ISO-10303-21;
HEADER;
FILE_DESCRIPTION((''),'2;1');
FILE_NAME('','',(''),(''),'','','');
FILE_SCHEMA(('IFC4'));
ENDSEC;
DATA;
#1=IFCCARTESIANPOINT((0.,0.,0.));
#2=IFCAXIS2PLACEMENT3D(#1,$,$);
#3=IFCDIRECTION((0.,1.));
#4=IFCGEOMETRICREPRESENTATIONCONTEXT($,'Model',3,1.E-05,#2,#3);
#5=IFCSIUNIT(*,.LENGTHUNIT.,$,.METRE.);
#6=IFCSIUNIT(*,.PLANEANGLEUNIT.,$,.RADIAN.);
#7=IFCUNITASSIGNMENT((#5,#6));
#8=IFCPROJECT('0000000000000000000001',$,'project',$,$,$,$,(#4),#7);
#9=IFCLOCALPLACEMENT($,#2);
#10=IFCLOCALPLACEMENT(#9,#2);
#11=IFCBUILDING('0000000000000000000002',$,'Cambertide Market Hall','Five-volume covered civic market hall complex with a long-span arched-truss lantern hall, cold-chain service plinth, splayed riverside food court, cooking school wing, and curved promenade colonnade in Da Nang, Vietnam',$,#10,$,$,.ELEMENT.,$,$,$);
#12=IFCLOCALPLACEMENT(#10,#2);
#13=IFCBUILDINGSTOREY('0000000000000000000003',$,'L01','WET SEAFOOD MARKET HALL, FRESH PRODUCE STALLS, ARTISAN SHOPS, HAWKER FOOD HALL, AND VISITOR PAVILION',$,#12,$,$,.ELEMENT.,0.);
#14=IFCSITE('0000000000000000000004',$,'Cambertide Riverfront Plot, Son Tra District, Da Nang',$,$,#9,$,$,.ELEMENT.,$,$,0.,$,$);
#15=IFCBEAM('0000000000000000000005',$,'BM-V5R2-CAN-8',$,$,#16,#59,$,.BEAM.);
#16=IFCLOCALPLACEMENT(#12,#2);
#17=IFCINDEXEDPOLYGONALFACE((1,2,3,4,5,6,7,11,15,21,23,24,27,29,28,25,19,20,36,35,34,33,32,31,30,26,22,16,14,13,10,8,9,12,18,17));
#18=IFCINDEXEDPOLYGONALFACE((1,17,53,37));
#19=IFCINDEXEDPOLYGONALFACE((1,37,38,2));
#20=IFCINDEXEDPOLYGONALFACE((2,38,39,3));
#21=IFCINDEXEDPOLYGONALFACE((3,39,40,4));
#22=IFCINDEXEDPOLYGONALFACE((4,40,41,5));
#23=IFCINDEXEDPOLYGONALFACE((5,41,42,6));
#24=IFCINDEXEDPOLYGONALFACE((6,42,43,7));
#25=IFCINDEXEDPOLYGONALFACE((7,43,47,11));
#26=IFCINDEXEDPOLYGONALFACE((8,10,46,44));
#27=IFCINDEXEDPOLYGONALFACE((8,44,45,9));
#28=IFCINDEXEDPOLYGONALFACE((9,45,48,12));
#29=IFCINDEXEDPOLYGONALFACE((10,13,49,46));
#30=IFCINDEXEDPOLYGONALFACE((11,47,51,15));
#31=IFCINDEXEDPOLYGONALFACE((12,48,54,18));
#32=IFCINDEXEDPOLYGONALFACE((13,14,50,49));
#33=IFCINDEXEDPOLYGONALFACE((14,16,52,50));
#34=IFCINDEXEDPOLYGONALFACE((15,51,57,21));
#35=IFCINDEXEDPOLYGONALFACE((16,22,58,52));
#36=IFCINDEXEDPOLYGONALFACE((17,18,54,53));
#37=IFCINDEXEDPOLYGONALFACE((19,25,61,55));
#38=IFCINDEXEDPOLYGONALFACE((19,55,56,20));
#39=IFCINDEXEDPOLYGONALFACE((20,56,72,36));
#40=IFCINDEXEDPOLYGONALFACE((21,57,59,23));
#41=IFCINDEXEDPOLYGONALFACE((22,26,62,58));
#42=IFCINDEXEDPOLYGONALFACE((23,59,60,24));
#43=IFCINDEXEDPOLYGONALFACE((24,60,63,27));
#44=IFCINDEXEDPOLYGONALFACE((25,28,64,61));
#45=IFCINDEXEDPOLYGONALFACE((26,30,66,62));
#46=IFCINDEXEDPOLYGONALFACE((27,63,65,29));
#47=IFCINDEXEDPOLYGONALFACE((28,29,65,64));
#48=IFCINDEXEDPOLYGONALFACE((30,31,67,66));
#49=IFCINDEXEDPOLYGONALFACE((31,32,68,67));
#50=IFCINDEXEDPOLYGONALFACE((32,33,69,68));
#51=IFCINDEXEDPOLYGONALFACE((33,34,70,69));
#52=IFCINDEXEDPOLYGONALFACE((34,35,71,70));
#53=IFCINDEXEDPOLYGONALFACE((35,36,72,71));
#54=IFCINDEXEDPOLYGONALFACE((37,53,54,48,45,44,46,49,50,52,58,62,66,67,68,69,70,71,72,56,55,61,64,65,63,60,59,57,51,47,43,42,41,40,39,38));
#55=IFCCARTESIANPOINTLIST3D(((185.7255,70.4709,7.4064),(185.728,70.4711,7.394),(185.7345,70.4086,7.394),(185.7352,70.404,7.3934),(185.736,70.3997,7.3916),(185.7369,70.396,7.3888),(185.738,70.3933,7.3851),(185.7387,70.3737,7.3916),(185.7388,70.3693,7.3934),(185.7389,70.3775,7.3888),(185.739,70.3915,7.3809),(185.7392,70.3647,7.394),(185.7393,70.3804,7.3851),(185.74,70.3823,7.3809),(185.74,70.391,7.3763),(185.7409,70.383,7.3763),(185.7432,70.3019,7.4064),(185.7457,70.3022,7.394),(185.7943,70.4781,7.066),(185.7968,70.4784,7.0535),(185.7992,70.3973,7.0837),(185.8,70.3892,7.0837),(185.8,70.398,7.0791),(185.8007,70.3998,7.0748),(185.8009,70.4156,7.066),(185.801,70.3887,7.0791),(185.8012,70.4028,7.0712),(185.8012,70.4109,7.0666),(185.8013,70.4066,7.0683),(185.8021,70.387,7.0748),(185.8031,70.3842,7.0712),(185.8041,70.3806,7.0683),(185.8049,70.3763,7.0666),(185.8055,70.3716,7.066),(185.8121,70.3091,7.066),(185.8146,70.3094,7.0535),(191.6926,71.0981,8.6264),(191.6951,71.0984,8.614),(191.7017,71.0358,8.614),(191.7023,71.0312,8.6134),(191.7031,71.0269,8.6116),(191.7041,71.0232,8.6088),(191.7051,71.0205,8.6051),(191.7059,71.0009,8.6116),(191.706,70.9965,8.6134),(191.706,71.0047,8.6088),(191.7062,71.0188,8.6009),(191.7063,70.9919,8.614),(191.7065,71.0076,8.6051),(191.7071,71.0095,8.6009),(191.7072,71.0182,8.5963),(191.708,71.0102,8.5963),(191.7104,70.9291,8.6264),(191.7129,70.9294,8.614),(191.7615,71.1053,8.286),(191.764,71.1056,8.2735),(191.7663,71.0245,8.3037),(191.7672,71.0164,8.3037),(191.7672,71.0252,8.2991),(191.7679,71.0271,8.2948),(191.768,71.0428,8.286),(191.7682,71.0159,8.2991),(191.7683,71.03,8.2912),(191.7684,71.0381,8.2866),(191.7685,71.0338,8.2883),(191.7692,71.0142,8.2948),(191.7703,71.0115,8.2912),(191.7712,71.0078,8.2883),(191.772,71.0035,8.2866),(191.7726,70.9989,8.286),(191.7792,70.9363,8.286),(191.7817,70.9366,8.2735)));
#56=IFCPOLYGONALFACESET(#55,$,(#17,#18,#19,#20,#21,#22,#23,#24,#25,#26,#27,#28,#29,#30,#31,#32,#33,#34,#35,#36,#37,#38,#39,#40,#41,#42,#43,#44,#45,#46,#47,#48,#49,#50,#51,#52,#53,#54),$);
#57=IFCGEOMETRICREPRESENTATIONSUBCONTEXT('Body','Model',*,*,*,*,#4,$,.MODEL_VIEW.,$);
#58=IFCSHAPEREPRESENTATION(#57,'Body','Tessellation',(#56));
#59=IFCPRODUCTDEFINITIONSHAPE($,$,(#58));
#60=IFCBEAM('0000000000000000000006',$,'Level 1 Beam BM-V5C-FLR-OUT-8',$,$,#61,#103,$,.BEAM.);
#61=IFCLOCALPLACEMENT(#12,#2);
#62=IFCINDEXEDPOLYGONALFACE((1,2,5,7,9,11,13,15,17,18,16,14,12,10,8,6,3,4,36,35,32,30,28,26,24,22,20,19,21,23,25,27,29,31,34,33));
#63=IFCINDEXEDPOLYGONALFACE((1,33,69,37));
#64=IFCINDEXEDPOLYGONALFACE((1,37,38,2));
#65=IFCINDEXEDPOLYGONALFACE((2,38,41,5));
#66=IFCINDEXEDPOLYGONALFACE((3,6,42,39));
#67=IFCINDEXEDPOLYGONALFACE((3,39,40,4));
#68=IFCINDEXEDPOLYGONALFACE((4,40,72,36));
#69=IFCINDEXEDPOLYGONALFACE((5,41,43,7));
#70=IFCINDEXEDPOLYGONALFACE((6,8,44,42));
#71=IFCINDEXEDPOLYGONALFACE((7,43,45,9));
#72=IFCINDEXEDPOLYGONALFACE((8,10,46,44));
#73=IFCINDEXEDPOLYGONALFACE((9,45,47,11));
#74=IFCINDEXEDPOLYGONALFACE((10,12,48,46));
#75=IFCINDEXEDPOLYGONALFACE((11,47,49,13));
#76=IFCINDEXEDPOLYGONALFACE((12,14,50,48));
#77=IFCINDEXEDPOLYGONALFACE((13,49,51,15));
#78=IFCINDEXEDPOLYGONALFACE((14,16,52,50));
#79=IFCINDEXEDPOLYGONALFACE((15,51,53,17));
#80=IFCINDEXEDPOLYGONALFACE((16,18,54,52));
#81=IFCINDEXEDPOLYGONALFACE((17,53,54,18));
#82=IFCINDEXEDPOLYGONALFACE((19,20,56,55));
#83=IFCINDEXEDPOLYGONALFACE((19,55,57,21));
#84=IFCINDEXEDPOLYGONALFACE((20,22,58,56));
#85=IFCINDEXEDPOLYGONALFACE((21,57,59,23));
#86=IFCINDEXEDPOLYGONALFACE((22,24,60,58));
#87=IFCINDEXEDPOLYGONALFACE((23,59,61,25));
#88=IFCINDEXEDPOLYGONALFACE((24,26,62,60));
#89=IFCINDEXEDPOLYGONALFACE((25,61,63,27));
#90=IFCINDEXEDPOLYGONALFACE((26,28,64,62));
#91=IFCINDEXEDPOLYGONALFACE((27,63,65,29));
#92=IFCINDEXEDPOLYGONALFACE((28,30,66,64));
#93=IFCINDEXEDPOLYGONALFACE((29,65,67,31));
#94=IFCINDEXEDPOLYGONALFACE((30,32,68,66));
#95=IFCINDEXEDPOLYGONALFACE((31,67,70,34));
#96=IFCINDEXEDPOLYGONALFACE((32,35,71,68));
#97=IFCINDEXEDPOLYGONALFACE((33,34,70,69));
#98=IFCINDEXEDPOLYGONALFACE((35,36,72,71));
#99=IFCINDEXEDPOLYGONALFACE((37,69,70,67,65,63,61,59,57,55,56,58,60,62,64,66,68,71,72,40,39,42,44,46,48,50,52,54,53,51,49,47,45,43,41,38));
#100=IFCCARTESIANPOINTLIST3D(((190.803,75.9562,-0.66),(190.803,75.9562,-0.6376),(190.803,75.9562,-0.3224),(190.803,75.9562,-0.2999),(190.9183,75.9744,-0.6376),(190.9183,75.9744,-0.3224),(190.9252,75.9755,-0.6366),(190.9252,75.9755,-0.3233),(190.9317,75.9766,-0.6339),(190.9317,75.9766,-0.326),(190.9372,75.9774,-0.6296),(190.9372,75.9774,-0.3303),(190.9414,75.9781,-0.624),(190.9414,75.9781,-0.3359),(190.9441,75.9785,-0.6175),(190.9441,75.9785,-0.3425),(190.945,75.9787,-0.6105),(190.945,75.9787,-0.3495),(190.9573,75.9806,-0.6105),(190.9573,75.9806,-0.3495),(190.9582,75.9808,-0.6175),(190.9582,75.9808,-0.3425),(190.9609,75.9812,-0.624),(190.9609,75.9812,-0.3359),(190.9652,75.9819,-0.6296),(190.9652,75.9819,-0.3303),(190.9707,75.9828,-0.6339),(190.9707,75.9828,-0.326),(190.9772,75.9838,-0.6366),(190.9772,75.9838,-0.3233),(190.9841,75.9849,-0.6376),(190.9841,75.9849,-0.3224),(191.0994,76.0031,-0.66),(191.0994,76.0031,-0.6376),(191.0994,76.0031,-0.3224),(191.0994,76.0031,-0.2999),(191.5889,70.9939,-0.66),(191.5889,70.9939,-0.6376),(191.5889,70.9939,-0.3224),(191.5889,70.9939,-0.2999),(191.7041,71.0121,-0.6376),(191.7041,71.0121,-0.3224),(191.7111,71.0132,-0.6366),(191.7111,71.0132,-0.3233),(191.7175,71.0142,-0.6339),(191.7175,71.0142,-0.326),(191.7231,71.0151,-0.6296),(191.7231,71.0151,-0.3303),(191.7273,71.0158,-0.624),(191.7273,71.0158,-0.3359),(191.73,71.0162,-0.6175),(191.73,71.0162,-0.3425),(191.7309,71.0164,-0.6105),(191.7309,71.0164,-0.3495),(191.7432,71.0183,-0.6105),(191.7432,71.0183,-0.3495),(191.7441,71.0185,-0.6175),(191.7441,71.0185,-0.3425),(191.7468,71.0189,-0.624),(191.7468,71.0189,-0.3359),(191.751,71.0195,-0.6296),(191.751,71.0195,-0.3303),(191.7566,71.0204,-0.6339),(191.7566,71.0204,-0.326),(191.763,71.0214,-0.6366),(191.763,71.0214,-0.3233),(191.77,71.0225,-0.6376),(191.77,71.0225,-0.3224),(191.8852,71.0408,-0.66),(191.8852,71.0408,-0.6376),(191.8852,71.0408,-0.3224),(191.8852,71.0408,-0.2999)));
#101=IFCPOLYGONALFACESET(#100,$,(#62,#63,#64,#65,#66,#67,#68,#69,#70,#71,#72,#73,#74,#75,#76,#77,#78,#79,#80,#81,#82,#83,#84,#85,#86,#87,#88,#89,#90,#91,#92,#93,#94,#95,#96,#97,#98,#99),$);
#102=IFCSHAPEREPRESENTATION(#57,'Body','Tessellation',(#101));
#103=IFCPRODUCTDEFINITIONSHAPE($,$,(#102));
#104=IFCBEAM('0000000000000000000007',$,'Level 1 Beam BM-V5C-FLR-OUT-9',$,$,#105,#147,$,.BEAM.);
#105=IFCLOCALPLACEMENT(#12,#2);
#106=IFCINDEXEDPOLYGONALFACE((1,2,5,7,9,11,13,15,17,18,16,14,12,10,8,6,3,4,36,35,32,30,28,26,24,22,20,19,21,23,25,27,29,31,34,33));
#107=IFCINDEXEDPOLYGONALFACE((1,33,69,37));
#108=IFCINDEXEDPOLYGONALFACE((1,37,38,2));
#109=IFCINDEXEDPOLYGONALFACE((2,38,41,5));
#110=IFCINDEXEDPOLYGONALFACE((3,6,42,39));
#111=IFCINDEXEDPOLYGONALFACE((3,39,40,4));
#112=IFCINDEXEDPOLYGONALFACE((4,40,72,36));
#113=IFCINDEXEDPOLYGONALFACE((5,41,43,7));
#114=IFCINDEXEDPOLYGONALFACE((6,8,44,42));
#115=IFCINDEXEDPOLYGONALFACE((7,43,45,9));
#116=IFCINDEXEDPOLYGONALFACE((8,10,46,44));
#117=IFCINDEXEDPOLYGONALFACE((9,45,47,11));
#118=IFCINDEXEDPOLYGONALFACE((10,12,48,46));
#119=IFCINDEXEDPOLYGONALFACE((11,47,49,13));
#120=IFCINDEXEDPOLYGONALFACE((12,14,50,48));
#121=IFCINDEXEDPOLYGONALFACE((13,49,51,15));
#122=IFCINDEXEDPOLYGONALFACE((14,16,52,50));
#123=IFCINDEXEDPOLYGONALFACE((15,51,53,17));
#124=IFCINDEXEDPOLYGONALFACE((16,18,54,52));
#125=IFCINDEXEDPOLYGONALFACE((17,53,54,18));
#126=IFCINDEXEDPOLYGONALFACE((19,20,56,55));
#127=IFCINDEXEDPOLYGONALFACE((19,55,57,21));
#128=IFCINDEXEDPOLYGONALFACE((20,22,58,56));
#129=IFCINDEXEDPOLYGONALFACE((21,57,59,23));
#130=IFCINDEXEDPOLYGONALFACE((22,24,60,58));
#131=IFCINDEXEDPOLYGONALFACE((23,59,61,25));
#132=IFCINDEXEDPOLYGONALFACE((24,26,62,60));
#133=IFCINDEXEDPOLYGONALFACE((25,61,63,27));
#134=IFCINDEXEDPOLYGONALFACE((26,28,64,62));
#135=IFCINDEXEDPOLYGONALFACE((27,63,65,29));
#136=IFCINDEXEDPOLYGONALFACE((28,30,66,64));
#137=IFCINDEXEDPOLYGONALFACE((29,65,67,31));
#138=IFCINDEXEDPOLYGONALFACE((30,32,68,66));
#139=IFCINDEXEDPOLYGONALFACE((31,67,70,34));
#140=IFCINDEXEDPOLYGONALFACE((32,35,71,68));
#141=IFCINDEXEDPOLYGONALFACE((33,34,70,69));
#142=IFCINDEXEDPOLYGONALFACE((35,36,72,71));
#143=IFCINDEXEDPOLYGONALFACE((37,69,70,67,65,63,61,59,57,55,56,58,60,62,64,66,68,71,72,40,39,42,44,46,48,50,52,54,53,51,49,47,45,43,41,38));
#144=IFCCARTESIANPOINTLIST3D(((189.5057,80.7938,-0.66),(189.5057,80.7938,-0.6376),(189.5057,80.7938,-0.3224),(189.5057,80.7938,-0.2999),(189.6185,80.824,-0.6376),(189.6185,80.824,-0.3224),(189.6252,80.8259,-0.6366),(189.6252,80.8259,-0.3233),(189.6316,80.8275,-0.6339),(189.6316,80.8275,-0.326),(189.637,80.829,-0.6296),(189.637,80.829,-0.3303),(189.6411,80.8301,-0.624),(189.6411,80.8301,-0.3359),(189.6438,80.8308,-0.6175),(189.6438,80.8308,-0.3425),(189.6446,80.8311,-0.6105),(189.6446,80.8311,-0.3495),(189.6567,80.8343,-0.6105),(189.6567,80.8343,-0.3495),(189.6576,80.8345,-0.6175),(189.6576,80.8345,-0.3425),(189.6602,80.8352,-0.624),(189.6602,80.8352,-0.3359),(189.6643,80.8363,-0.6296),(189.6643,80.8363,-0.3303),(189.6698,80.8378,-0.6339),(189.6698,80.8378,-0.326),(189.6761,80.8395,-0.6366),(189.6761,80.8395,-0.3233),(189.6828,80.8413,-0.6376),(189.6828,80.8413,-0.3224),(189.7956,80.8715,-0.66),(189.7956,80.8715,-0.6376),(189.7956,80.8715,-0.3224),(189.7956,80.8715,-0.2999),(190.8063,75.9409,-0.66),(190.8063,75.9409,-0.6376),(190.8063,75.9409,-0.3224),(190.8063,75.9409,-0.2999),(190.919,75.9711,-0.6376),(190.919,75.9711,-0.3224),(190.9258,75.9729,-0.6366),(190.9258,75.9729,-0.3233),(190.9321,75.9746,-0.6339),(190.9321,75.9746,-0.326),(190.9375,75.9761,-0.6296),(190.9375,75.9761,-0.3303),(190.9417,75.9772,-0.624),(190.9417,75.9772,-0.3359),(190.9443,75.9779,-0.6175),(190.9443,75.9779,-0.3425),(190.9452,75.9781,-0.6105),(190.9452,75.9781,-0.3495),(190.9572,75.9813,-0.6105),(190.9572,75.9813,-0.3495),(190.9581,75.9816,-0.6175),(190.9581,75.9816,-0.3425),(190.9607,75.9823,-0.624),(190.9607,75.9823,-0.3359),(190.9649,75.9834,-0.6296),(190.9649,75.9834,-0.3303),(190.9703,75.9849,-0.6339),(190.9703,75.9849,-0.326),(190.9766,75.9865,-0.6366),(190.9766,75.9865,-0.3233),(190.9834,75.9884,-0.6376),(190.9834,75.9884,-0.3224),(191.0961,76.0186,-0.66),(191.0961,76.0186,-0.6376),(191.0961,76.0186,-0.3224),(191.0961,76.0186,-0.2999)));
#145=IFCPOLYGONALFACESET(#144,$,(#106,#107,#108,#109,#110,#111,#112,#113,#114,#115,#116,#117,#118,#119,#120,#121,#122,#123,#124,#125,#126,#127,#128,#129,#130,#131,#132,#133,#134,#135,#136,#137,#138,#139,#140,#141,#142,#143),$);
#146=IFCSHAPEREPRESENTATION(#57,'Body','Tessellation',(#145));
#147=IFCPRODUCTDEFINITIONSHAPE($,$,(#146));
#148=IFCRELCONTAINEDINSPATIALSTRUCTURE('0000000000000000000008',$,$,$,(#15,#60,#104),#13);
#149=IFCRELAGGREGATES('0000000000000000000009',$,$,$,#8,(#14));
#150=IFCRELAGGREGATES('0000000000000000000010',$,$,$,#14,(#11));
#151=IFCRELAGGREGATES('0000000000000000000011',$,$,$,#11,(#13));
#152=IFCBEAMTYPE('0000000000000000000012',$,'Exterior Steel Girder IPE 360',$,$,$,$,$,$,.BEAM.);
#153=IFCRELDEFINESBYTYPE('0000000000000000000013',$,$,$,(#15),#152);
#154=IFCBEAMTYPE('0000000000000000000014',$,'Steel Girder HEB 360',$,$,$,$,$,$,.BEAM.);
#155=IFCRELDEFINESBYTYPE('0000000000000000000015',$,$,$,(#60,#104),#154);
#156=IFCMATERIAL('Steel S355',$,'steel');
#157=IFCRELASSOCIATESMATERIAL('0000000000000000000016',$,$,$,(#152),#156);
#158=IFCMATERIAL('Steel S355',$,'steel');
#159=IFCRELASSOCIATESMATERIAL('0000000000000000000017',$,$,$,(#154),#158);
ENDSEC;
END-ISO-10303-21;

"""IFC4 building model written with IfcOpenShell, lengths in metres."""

from ifc_helpers import new_model, si_unit, direction, frame, origin, origin_2d, place, context, subcontext, project, spatial, i_section, extrude, material, material_profile, profile_set, type_object, element, save


model = new_model("IFC4")

# Units and contexts
model_context = context("Model", 3, precision=1e-05, world=origin(), true_north=direction((0.0, 1.0)))
body_context = subcontext(model_context, "Body", "Model", "MODEL_VIEW")
ifc_project = project(units=[si_unit("LENGTHUNIT", "METRE"), si_unit("PLANEANGLEUNIT", "RADIAN")], contexts=[model_context])

# Site, building, storey
site_placement = place(None, origin())
site = spatial("IfcSite", under=ifc_project, at=site_placement, Name="Cambertide Riverfront Plot, Son Tra District, Da Nang", CompositionType="ELEMENT", RefElevation=0.0)
building_placement = place(site_placement, origin())
building = spatial("IfcBuilding", under=site, at=building_placement, Name="Cambertide Market Hall", Description="Five-volume covered civic market hall complex with a long-span arched-truss lantern hall, cold-chain service plinth, splayed riverside food court, cooking school wing, and curved promenade colonnade in Da Nang, Vietnam", CompositionType="ELEMENT")
storey_placement = place(building_placement, origin())
storey = spatial("IfcBuildingStorey", under=building, at=storey_placement, Name="L01", Description="WET SEAFOOD MARKET HALL, FRESH PRODUCE STALLS, ARTISAN SHOPS, HAWKER FOOD HALL, AND VISITOR PAVILION", CompositionType="ELEMENT", Elevation=0.0)

# Beams
ifc_material_1 = material(Name="Steel S355", Category="steel")
ifc_material_profile_1 = material_profile(ifc_material_1, i_section(OverallWidth=0.1699, OverallDepth=0.3601, WebThickness=0.0081, FlangeThickness=0.0127, FilletRadius=0.0181, at=origin_2d()), Name="IPE 360")
ifc_profile_set_1 = profile_set([ifc_material_profile_1], Name="Steel S355")
beam_type_1 = type_object("IfcBeamType", Name="Exterior Steel Girder IPE 360", PredefinedType="BEAM", material=ifc_profile_set_1)
beam_placement = place(storey_placement, frame((185.77, 70.3901, 7.23), z_axis=(0.974579, 0.102438, 0.199254), x_axis=(-0.104534, 0.994521, 0.0)))
element("IfcBeam", 1, at=beam_placement, inside=storey, type_object=beam_type_1, Name="BM-V5R2-CAN-8", PredefinedType="BEAM", context=body_context, shape_type="SweptSolid", body=[
    extrude(i_section(OverallWidth=0.1699, OverallDepth=0.3601, WebThickness=0.0081, FlangeThickness=0.0127, FilletRadius=0.0181, at=origin_2d()), origin(), (0.0, 0.0, 1.0), 6.1228),
])
ifc_material_2 = material(Name="Steel S355", Category="steel")
ifc_material_profile_2 = material_profile(ifc_material_2, i_section(OverallWidth=0.3, OverallDepth=0.3601, WebThickness=0.0125, FlangeThickness=0.0225, FilletRadius=0.0271, at=origin_2d()), Name="HEB 360")
ifc_profile_set_2 = profile_set([ifc_material_profile_2], Name="Steel S355")
beam_type_2 = type_object("IfcBeamType", Name="Steel Girder HEB 360", PredefinedType="BEAM", material=ifc_profile_set_2)
for number, where, z_axis, x_axis, name in (
    (2, (191.7371, 71.0173, -0.48), (-0.156419, 0.987691, 0.0), (-0.987691, -0.156419, 0.0), "Level 1 Beam BM-V5C-FLR-OUT-8"),
    (3, (190.9512, 75.9797, -0.48), (-0.258851, 0.965917, 0.0), (-0.965917, -0.258851, 0.0), "Level 1 Beam BM-V5C-FLR-OUT-9"),
):
    element("IfcBeam", number, at=place(storey_placement, frame(where, z_axis=z_axis, x_axis=x_axis)), inside=storey, type_object=beam_type_2, Name=name, PredefinedType="BEAM", context=body_context, shape_type="SweptSolid", body=[
        extrude(i_section(OverallWidth=0.3, OverallDepth=0.3601, WebThickness=0.0125, FlangeThickness=0.0225, FilletRadius=0.0271, at=origin_2d()), origin(), (0.0, 0.0, 1.0), 5.0242),
    ])

save(model, "model.ifc")
